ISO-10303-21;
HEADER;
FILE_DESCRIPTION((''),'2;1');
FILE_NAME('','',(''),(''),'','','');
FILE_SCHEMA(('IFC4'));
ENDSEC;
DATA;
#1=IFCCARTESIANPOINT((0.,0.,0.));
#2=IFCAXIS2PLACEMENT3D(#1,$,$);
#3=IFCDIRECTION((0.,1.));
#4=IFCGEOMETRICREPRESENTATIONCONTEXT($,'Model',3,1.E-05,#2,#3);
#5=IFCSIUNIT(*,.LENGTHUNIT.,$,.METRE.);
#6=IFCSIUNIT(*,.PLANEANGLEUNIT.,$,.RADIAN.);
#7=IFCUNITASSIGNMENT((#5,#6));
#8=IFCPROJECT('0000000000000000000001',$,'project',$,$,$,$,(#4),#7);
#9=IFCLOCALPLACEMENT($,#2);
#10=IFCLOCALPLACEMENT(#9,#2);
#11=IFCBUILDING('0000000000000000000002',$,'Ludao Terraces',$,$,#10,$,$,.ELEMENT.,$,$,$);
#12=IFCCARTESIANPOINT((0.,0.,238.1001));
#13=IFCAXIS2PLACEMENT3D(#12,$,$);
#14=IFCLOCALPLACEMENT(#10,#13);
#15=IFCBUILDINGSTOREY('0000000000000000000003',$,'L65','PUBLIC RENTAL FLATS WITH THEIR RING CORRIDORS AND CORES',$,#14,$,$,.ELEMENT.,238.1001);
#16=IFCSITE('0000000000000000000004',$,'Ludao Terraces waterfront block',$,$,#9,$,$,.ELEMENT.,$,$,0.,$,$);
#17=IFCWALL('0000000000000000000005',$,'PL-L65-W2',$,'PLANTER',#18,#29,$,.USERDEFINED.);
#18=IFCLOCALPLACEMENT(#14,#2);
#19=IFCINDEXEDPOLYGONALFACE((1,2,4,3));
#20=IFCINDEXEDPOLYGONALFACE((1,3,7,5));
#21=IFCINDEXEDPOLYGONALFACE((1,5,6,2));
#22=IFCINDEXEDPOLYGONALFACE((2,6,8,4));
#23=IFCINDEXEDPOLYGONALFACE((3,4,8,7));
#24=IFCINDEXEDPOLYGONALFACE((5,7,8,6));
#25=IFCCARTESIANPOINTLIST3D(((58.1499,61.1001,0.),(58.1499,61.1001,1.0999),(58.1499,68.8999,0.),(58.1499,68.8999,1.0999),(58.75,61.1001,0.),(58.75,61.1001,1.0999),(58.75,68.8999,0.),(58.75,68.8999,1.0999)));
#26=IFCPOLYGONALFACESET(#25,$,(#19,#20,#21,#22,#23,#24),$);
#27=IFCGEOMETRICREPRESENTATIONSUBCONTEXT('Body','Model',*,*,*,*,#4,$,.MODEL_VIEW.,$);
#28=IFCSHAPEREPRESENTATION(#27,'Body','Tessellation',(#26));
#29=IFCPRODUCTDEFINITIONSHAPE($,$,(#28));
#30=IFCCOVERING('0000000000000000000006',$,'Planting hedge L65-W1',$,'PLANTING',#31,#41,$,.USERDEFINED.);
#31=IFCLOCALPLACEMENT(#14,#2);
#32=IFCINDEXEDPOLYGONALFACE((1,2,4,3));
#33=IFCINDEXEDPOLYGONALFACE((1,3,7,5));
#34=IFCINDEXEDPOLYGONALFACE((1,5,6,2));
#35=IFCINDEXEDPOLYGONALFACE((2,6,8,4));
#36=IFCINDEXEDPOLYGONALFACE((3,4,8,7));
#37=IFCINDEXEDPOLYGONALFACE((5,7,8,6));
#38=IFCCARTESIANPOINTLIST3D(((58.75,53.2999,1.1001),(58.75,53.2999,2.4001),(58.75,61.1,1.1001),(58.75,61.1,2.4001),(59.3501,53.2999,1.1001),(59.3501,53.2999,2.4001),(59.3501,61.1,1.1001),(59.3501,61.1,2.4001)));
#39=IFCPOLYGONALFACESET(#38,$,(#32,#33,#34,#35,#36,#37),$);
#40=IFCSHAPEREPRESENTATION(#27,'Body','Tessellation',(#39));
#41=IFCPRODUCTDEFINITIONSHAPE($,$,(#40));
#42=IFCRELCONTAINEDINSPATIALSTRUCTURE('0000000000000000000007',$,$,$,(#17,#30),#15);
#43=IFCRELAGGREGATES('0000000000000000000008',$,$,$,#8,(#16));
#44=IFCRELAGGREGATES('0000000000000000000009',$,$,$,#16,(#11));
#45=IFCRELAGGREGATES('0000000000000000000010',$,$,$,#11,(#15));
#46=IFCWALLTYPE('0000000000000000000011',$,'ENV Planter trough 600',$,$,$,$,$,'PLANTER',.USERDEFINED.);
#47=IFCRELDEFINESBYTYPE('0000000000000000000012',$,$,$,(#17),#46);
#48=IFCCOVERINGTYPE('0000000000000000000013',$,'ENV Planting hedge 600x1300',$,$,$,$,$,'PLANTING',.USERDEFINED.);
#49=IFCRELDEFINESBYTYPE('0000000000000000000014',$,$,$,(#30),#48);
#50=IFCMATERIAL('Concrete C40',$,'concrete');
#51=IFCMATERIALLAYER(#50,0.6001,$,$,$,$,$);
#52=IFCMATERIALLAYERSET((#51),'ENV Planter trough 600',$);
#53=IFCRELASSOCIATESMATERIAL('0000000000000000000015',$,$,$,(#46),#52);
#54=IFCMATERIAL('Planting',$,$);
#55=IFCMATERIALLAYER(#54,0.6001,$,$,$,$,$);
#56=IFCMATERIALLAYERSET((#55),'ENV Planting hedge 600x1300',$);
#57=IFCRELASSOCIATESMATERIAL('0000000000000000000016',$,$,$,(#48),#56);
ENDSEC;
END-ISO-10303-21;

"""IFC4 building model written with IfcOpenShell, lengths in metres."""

from ifc_helpers import new_model, si_unit, direction, frame, frame_2d, origin, origin_2d, place, context, subcontext, project, spatial, rectangle, extrude, material, layer, layer_set, type_object, element, save


model = new_model("IFC4")

# Units and contexts
model_context = context("Model", 3, precision=1e-05, world=origin(), true_north=direction((0.0, 1.0)))
body_context = subcontext(model_context, "Body", "Model", "MODEL_VIEW")
ifc_project = project(units=[si_unit("LENGTHUNIT", "METRE"), si_unit("PLANEANGLEUNIT", "RADIAN")], contexts=[model_context])

# Site, building, storey
site_placement = place(None, origin())
site = spatial("IfcSite", under=ifc_project, at=site_placement, Name="Ludao Terraces waterfront block", CompositionType="ELEMENT", RefElevation=0.0)
building_placement = place(site_placement, origin())
building = spatial("IfcBuilding", under=site, at=building_placement, Name="Ludao Terraces", CompositionType="ELEMENT")
storey_placement = place(building_placement, frame((0.0, 0.0, 238.1001)))
storey = spatial("IfcBuildingStorey", under=building, at=storey_placement, Name="L65", Description="PUBLIC RENTAL FLATS WITH THEIR RING CORRIDORS AND CORES", CompositionType="ELEMENT", Elevation=238.1001)

# Shared definitions
ifc_material_1 = material(Name="Concrete C40", Category="concrete")

# Wall
ifc_layer_1 = layer(ifc_material_1, 0.6001)
ifc_layer_set_1 = layer_set([ifc_layer_1], Name="ENV Planter trough 600")
wall_type = type_object("IfcWallType", Name="ENV Planter trough 600", ElementType="PLANTER", PredefinedType="USERDEFINED", material=ifc_layer_set_1)
wall_1_placement = place(storey_placement, frame((58.45, 61.1001, 0.0), z_axis=(0.0, 0.0, 1.0), x_axis=(0.0, 1.0, 0.0)))
element("IfcWall", 1, at=wall_1_placement, inside=storey, type_object=wall_type, Name="PL-L65-W2", ObjectType="PLANTER", PredefinedType="USERDEFINED", context=body_context, shape_type="SweptSolid", body=[
    extrude(rectangle(XDim=7.7998, YDim=0.6001, at=frame_2d((3.8999, 0.0))), origin(), (0.0, 0.0, 1.0), 1.0999),
])

# Covering
ifc_material_2 = material(Name="Planting")
ifc_layer_2 = layer(ifc_material_2, 0.6001)
ifc_layer_set_2 = layer_set([ifc_layer_2], Name="ENV Planting hedge 600x1300")
covering_type = type_object("IfcCoveringType", Name="ENV Planting hedge 600x1300", ElementType="PLANTING", PredefinedType="USERDEFINED", material=ifc_layer_set_2)
covering_placement = place(storey_placement, frame((59.05, 57.2, 1.1001), z_axis=(0.0, 0.0, 1.0), x_axis=(1.0, 0.0, 0.0)))
element("IfcCovering", 2, at=covering_placement, inside=storey, type_object=covering_type, Name="Planting hedge L65-W1", ObjectType="PLANTING", PredefinedType="USERDEFINED", context=body_context, shape_type="SweptSolid", body=[
    extrude(rectangle(XDim=0.6001, YDim=7.8, at=origin_2d()), origin(), (0.0, 0.0, 1.0), 1.3),
])

save(model, "model.ifc")
